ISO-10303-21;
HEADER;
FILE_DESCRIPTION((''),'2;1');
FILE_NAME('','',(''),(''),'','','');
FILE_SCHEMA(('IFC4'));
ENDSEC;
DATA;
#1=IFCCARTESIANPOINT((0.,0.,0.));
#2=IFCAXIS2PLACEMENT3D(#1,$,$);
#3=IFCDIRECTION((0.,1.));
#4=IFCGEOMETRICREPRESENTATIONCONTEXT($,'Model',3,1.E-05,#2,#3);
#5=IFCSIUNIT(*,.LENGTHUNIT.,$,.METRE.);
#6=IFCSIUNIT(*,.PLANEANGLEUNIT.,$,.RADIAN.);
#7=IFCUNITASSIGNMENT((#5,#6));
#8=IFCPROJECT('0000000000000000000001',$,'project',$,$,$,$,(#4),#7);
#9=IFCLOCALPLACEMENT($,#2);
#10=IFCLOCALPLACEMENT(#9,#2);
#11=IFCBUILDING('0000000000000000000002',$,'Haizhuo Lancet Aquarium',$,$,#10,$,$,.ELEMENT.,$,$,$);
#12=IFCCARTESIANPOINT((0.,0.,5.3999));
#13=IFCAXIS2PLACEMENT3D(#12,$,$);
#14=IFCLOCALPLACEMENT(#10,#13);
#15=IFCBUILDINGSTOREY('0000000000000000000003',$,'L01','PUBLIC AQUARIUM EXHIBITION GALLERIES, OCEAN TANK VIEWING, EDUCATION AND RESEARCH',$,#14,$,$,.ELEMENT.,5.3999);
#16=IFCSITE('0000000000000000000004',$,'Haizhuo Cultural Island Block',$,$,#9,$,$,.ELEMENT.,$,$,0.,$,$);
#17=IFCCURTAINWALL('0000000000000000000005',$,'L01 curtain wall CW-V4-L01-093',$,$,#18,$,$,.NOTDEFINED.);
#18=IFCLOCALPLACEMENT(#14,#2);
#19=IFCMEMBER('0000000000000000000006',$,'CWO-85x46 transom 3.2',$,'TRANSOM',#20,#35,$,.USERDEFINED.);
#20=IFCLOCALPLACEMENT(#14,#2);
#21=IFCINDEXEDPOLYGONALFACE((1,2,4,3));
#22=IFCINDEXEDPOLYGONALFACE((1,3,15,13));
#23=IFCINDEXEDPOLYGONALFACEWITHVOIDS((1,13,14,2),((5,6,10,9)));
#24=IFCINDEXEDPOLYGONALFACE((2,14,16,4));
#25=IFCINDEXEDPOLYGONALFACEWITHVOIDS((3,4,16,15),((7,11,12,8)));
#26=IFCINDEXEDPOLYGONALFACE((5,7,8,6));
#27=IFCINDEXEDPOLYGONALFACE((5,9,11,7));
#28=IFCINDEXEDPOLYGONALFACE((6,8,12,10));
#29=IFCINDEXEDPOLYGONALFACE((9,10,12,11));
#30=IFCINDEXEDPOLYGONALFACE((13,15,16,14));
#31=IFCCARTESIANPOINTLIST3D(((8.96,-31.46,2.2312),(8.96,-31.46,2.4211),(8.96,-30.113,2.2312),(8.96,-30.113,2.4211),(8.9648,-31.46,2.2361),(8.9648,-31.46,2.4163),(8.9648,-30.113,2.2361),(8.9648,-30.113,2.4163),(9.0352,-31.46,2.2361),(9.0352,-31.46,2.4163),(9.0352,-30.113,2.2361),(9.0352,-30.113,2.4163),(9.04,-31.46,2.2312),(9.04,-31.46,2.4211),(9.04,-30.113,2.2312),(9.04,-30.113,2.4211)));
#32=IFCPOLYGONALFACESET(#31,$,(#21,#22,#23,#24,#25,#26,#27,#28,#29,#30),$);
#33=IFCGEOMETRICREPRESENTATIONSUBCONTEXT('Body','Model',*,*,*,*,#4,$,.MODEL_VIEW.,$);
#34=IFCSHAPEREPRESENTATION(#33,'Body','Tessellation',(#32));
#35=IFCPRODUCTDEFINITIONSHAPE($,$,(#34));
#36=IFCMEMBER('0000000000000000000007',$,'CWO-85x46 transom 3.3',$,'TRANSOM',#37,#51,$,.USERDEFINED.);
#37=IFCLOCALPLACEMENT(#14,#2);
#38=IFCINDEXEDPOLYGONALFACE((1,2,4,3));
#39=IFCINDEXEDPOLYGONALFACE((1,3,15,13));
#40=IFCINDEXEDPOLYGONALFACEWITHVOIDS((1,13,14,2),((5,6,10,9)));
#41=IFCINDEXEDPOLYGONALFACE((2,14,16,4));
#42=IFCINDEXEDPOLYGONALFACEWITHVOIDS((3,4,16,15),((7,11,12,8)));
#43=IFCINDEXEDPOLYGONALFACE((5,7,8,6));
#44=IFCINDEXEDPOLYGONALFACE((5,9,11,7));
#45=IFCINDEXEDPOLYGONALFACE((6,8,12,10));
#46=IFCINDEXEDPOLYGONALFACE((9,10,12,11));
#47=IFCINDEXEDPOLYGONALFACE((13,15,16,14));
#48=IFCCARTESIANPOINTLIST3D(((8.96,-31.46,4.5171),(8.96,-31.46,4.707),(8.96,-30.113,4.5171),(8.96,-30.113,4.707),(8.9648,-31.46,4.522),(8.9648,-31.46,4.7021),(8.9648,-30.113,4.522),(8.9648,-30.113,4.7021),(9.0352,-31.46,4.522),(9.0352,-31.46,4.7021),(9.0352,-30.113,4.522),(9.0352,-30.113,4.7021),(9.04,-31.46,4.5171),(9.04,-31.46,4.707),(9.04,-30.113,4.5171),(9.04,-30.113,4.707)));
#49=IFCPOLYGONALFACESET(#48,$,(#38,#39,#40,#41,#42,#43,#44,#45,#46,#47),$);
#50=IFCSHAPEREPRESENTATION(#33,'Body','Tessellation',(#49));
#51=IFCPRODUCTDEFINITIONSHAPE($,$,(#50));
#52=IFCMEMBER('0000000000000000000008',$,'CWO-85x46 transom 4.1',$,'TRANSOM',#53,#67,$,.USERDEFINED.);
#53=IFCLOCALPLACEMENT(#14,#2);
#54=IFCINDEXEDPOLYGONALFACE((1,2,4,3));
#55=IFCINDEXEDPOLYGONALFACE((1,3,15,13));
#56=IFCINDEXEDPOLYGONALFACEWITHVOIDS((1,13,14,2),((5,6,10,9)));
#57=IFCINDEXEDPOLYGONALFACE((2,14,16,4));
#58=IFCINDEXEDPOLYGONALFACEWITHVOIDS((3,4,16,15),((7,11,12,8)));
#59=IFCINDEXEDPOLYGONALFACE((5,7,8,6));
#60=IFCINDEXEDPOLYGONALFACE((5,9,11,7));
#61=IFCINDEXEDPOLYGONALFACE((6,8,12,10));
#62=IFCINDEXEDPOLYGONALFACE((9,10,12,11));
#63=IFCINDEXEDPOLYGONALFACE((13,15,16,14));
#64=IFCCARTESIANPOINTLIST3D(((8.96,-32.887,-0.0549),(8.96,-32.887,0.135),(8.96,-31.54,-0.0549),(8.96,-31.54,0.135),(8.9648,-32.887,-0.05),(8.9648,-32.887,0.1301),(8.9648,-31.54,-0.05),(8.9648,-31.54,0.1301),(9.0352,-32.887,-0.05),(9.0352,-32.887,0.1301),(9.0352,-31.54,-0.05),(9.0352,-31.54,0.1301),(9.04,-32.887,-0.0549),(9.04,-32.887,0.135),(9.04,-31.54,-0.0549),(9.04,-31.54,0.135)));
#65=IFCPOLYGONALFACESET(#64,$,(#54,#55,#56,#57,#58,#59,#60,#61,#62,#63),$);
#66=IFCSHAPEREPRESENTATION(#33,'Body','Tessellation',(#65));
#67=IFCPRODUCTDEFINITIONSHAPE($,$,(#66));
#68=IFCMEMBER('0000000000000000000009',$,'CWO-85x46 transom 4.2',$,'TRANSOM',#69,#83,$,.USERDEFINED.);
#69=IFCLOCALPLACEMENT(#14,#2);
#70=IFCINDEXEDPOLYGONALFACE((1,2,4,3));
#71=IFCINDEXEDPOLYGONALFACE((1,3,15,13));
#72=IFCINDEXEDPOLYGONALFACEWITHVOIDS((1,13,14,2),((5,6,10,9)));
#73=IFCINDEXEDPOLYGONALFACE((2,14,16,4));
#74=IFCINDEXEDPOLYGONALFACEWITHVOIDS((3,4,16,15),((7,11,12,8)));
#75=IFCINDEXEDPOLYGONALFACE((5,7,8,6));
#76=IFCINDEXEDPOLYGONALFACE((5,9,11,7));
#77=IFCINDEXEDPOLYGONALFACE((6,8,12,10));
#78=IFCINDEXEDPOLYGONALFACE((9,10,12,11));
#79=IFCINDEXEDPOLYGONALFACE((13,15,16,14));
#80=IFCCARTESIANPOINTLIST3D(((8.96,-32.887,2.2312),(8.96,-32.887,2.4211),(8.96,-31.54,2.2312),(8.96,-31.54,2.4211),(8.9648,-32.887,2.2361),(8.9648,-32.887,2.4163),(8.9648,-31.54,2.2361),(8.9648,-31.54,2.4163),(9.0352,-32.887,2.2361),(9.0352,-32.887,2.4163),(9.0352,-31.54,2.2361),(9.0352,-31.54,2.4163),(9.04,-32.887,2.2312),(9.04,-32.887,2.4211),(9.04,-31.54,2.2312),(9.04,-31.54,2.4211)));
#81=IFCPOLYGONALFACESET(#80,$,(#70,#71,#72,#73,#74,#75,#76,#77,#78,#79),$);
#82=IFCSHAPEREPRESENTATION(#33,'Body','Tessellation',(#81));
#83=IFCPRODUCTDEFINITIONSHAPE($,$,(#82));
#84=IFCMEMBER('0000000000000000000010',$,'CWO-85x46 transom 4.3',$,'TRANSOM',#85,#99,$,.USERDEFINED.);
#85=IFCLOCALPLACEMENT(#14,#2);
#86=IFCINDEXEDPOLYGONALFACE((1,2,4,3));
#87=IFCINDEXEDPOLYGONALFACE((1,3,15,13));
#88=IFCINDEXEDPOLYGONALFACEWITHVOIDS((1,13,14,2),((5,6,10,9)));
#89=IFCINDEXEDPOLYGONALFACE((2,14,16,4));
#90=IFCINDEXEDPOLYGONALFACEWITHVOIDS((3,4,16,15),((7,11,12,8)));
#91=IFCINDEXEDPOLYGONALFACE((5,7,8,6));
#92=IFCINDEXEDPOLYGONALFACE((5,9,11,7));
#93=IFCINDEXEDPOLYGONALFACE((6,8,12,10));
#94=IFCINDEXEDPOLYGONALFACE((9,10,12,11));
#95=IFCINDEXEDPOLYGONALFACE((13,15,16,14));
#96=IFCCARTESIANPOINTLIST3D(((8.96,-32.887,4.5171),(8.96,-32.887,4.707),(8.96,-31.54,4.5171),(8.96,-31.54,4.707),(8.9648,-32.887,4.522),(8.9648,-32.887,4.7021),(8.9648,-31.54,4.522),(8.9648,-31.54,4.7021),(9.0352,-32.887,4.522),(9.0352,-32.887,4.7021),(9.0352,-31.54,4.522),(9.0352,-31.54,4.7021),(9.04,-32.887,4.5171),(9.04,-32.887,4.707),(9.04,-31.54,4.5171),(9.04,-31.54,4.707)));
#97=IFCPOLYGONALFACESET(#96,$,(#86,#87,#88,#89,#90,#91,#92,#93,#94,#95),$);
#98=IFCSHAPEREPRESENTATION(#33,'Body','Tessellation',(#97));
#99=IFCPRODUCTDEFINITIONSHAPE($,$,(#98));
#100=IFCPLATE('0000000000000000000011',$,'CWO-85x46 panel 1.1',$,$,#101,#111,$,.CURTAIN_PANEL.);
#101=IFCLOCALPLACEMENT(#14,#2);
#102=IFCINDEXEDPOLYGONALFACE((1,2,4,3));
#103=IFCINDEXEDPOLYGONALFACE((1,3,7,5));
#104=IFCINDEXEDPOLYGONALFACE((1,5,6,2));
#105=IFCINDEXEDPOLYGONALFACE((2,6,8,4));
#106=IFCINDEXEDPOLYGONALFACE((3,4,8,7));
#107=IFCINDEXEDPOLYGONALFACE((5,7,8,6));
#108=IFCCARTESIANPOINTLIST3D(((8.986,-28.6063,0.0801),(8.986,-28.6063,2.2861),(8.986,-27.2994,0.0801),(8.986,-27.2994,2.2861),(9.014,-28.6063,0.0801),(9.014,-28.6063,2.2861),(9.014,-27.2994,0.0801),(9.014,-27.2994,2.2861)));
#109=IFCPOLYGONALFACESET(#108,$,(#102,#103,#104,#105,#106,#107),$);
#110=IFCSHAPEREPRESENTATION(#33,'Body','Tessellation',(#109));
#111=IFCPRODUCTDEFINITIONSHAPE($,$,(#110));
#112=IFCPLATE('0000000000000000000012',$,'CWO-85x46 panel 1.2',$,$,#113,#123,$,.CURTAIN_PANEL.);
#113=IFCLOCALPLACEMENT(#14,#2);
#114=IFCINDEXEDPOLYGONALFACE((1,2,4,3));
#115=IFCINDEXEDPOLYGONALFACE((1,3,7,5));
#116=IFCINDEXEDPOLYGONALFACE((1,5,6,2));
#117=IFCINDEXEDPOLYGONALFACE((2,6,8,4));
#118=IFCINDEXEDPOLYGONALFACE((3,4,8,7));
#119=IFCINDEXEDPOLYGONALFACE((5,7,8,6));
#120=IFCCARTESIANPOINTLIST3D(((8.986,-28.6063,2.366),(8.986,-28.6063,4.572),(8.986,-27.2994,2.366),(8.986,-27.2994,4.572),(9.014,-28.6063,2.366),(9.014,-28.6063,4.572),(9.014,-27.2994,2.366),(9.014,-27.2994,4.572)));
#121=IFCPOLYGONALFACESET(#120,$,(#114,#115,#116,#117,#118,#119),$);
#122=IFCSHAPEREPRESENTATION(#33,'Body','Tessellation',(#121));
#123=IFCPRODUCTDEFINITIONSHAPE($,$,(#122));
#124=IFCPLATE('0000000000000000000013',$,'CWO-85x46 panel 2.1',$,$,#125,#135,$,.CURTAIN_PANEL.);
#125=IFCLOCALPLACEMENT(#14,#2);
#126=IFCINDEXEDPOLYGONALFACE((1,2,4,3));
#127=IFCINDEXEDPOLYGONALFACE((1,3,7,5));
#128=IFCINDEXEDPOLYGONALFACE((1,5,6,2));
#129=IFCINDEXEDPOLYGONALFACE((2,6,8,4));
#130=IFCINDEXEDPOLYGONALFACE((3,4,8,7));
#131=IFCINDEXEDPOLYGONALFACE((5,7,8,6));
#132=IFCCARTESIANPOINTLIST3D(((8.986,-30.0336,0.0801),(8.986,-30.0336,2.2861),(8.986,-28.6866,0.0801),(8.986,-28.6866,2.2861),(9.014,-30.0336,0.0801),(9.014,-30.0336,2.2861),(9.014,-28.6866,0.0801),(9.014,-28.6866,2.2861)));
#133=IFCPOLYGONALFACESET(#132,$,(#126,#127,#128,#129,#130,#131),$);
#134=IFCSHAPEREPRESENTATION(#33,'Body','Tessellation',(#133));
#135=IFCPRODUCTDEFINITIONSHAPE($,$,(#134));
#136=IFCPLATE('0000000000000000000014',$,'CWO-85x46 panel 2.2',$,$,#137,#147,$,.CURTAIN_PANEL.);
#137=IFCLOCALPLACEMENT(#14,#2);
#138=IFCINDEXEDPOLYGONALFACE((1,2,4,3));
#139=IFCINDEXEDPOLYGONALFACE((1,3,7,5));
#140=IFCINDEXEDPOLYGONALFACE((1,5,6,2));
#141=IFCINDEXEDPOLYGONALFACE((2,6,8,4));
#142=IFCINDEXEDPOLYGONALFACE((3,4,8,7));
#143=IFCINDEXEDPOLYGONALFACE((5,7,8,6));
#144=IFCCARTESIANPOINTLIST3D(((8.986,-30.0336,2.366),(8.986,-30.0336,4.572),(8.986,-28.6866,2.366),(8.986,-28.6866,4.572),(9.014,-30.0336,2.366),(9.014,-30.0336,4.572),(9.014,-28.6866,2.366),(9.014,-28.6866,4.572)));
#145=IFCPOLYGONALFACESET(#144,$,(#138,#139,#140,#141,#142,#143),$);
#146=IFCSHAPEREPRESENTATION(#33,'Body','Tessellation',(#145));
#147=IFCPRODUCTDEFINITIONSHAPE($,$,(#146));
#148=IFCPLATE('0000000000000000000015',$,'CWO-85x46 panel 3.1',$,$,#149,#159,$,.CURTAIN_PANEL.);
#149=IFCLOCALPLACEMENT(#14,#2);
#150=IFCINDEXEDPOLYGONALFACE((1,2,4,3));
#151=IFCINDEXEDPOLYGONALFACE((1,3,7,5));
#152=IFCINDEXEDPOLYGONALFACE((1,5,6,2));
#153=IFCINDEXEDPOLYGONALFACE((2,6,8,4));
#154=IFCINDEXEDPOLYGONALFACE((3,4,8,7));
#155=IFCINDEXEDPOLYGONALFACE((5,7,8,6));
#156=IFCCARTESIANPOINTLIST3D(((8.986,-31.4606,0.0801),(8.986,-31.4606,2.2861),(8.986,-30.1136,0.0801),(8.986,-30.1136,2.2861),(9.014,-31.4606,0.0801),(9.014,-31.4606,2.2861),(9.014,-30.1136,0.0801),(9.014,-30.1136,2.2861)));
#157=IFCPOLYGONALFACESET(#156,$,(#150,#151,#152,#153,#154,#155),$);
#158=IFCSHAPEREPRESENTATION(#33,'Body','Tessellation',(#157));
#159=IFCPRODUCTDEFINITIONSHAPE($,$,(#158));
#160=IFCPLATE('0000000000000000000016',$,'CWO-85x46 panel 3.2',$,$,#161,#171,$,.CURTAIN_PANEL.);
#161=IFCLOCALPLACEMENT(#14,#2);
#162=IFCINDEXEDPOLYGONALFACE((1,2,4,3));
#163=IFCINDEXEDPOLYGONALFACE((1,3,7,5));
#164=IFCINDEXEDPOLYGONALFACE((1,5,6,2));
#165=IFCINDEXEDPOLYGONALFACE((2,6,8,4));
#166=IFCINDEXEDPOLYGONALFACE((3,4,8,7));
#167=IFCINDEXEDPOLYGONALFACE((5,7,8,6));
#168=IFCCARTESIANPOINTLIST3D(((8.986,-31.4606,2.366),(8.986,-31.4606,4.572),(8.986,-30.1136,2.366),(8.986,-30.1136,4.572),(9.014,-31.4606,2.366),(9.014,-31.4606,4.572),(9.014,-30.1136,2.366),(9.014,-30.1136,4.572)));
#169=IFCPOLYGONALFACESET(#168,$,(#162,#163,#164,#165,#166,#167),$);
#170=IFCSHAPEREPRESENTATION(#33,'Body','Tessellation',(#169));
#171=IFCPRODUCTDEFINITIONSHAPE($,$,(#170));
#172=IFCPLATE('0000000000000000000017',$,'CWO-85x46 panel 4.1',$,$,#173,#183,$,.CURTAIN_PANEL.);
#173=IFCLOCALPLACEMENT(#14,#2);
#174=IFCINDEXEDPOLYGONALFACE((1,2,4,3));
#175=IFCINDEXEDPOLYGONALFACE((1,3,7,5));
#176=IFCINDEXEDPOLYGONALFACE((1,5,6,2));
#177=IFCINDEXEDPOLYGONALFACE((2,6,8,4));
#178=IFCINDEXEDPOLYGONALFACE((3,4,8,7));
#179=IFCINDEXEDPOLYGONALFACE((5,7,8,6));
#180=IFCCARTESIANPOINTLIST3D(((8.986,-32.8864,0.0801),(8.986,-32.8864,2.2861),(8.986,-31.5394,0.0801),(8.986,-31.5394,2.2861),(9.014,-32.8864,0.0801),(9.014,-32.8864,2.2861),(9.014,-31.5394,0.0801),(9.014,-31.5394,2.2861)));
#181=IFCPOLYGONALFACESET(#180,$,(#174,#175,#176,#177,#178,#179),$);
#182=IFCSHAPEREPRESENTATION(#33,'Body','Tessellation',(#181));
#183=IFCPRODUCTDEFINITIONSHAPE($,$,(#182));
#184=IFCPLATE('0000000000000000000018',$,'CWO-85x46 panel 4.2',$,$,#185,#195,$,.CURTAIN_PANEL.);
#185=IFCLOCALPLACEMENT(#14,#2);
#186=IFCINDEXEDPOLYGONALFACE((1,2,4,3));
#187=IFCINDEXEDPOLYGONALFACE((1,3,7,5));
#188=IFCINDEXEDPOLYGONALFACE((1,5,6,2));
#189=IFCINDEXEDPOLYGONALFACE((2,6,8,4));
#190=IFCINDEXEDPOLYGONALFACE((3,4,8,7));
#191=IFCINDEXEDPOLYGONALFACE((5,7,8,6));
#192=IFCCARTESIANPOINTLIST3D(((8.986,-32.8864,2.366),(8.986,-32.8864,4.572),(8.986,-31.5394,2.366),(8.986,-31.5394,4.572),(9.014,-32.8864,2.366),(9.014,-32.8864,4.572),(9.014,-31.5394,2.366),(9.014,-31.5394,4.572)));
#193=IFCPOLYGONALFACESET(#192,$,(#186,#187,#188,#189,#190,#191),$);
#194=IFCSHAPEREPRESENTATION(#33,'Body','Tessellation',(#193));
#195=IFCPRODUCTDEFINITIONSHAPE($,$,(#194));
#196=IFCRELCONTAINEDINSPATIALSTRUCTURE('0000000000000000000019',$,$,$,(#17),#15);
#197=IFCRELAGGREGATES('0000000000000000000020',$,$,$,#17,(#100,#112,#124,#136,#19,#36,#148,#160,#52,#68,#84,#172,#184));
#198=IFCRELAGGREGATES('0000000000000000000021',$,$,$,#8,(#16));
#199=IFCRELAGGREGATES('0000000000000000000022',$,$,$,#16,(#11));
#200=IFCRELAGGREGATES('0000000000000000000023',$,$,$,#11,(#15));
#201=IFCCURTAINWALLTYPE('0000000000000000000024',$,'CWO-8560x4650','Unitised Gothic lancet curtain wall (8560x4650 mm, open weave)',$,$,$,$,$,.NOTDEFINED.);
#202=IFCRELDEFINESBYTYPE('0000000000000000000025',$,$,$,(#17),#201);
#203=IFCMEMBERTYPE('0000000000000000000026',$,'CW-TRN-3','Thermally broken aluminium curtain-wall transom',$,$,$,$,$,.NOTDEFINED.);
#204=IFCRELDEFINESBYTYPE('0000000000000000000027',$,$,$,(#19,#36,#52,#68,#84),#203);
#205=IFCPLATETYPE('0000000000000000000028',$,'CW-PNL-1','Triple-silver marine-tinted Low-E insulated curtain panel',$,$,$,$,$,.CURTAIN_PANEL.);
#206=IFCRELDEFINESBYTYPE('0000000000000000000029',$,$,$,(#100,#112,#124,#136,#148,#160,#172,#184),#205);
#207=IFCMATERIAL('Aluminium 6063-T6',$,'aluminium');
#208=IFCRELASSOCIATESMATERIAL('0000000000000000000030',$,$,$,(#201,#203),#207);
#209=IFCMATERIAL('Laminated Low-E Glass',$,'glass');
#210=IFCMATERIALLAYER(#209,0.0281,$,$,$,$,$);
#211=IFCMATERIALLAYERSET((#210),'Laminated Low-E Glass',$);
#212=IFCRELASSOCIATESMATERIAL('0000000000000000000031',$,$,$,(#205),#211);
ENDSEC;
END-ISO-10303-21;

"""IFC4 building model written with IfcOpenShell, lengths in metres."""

from ifc_helpers import new_model, si_unit, direction, frame, origin, origin_2d, place, context, subcontext, project, spatial, rectangle, hollow_rectangle, extrude, material, layer, layer_set, material_profile, profile_set, type_object, element, aggregate, save


model = new_model("IFC4")

# Units and contexts
model_context = context("Model", 3, precision=1e-05, world=origin(), true_north=direction((0.0, 1.0)))
body_context = subcontext(model_context, "Body", "Model", "MODEL_VIEW")
ifc_project = project(units=[si_unit("LENGTHUNIT", "METRE"), si_unit("PLANEANGLEUNIT", "RADIAN")], contexts=[model_context])

# Site, building, storey
site_placement = place(None, origin())
site = spatial("IfcSite", under=ifc_project, at=site_placement, Name="Haizhuo Cultural Island Block", CompositionType="ELEMENT", RefElevation=0.0)
building_placement = place(site_placement, origin())
building = spatial("IfcBuilding", under=site, at=building_placement, Name="Haizhuo Lancet Aquarium", CompositionType="ELEMENT")
storey_placement = place(building_placement, frame((0.0, 0.0, 5.3999)))
storey = spatial("IfcBuildingStorey", under=building, at=storey_placement, Name="L01", Description="PUBLIC AQUARIUM EXHIBITION GALLERIES, OCEAN TANK VIEWING, EDUCATION AND RESEARCH", CompositionType="ELEMENT", Elevation=5.3999)

# Curtain wall, members, plates
ifc_material_1 = material(Name="Aluminium 6063-T6", Category="aluminium")
curtain_wall_type = type_object("IfcCurtainWallType", Name="CWO-8560x4650", Description="Unitised Gothic lancet curtain wall (8560x4650 mm, open weave)", PredefinedType="NOTDEFINED", material=ifc_material_1)
curtain_wall_placement = place(storey_placement, origin())
curtain_wall = element("IfcCurtainWall", 1, at=curtain_wall_placement, inside=storey, type_object=curtain_wall_type, Name="L01 curtain wall CW-V4-L01-093", PredefinedType="NOTDEFINED")
ifc_material_profile_1 = material_profile(ifc_material_1, hollow_rectangle(XDim=0.0801, YDim=0.1899, WallThickness=0.0049, at=origin_2d()), Name="ALU-T 80x190x5")
ifc_profile_set_1 = profile_set([ifc_material_profile_1], Name="Aluminium 6063-T6")
member_type_1 = type_object("IfcMemberType", Name="CW-TRN-3", Description="Thermally broken aluminium curtain-wall transom", PredefinedType="NOTDEFINED", material=ifc_profile_set_1)
member_1_placement = place(storey_placement, frame((9.0, -30.113, 2.3262), z_axis=(0.0, -1.0, 0.0), x_axis=(1.0, 0.0, 0.0)))
member_1 = element("IfcMember", 2, at=member_1_placement, type_object=member_type_1, Name="CWO-85x46 transom 3.2", ObjectType="TRANSOM", PredefinedType="USERDEFINED", context=body_context, shape_type="SweptSolid", body=[
    extrude(hollow_rectangle(XDim=0.0801, YDim=0.1899, WallThickness=0.0049, at=origin_2d()), origin(), (0.0, 0.0, 1.0), 1.3469),
])
member_2_placement = place(storey_placement, frame((9.0, -30.113, 4.6121), z_axis=(0.0, -1.0, 0.0), x_axis=(1.0, 0.0, 0.0)))
member_2 = element("IfcMember", 3, at=member_2_placement, type_object=member_type_1, Name="CWO-85x46 transom 3.3", ObjectType="TRANSOM", PredefinedType="USERDEFINED", context=body_context, shape_type="SweptSolid", body=[
    extrude(hollow_rectangle(XDim=0.0801, YDim=0.1899, WallThickness=0.0049, at=origin_2d()), origin(), (0.0, 0.0, 1.0), 1.3469),
])
member_3_placement = place(storey_placement, frame((9.0, -31.54, 0.04), z_axis=(0.0, -1.0, 0.0), x_axis=(1.0, 0.0, 0.0)))
member_3 = element("IfcMember", 4, at=member_3_placement, type_object=member_type_1, Name="CWO-85x46 transom 4.1", ObjectType="TRANSOM", PredefinedType="USERDEFINED", context=body_context, shape_type="SweptSolid", body=[
    extrude(hollow_rectangle(XDim=0.0801, YDim=0.1899, WallThickness=0.0049, at=origin_2d()), origin(), (0.0, 0.0, 1.0), 1.3469),
])
member_4_placement = place(storey_placement, frame((9.0, -31.54, 2.3262), z_axis=(0.0, -1.0, 0.0), x_axis=(1.0, 0.0, 0.0)))
member_4 = element("IfcMember", 5, at=member_4_placement, type_object=member_type_1, Name="CWO-85x46 transom 4.2", ObjectType="TRANSOM", PredefinedType="USERDEFINED", context=body_context, shape_type="SweptSolid", body=[
    extrude(hollow_rectangle(XDim=0.0801, YDim=0.1899, WallThickness=0.0049, at=origin_2d()), origin(), (0.0, 0.0, 1.0), 1.3469),
])
member_5_placement = place(storey_placement, frame((9.0, -31.54, 4.6121), z_axis=(0.0, -1.0, 0.0), x_axis=(1.0, 0.0, 0.0)))
member_5 = element("IfcMember", 6, at=member_5_placement, type_object=member_type_1, Name="CWO-85x46 transom 4.3", ObjectType="TRANSOM", PredefinedType="USERDEFINED", context=body_context, shape_type="SweptSolid", body=[
    extrude(hollow_rectangle(XDim=0.0801, YDim=0.1899, WallThickness=0.0049, at=origin_2d()), origin(), (0.0, 0.0, 1.0), 1.3469),
])
ifc_material_2 = material(Name="Laminated Low-E Glass", Category="glass")
ifc_layer = layer(ifc_material_2, 0.0281)
ifc_layer_set = layer_set([ifc_layer], Name="Laminated Low-E Glass")
plate_type = type_object("IfcPlateType", Name="CW-PNL-1", Description="Triple-silver marine-tinted Low-E insulated curtain panel", PredefinedType="CURTAIN_PANEL", material=ifc_layer_set)
plate_1_placement = place(storey_placement, frame((9.0, -27.9529, 0.0801), z_axis=(0.0, 0.0, 1.0), x_axis=(0.0, -1.0, 0.0)))
plate_1 = element("IfcPlate", 7, at=plate_1_placement, type_object=plate_type, Name="CWO-85x46 panel 1.1", PredefinedType="CURTAIN_PANEL", context=body_context, shape_type="SweptSolid", body=[
    extrude(rectangle(XDim=1.3069, YDim=0.0281, at=origin_2d()), origin(), (0.0, 0.0, 1.0), 2.2061),
])
plate_2_placement = place(storey_placement, frame((9.0, -27.9529, 2.366), z_axis=(0.0, 0.0, 1.0), x_axis=(0.0, -1.0, 0.0)))
plate_2 = element("IfcPlate", 8, at=plate_2_placement, type_object=plate_type, Name="CWO-85x46 panel 1.2", PredefinedType="CURTAIN_PANEL", context=body_context, shape_type="SweptSolid", body=[
    extrude(rectangle(XDim=1.3069, YDim=0.0281, at=origin_2d()), origin(), (0.0, 0.0, 1.0), 2.2061),
])
plate_3_placement = place(storey_placement, frame((9.0, -29.3601, 0.0801), z_axis=(0.0, 0.0, 1.0), x_axis=(0.0, -1.0, 0.0)))
plate_3 = element("IfcPlate", 9, at=plate_3_placement, type_object=plate_type, Name="CWO-85x46 panel 2.1", PredefinedType="CURTAIN_PANEL", context=body_context, shape_type="SweptSolid", body=[
    extrude(rectangle(XDim=1.3469, YDim=0.0281, at=origin_2d()), origin(), (0.0, 0.0, 1.0), 2.2061),
])
plate_4_placement = place(storey_placement, frame((9.0, -29.3601, 2.366), z_axis=(0.0, 0.0, 1.0), x_axis=(0.0, -1.0, 0.0)))
plate_4 = element("IfcPlate", 10, at=plate_4_placement, type_object=plate_type, Name="CWO-85x46 panel 2.2", PredefinedType="CURTAIN_PANEL", context=body_context, shape_type="SweptSolid", body=[
    extrude(rectangle(XDim=1.3469, YDim=0.0281, at=origin_2d()), origin(), (0.0, 0.0, 1.0), 2.2061),
])
plate_5_placement = place(storey_placement, frame((9.0, -30.7871, 0.0801), z_axis=(0.0, 0.0, 1.0), x_axis=(0.0, -1.0, 0.0)))
plate_5 = element("IfcPlate", 11, at=plate_5_placement, type_object=plate_type, Name="CWO-85x46 panel 3.1", PredefinedType="CURTAIN_PANEL", context=body_context, shape_type="SweptSolid", body=[
    extrude(rectangle(XDim=1.3469, YDim=0.0281, at=origin_2d()), origin(), (0.0, 0.0, 1.0), 2.2061),
])
plate_6_placement = place(storey_placement, frame((9.0, -30.7871, 2.366), z_axis=(0.0, 0.0, 1.0), x_axis=(0.0, -1.0, 0.0)))
plate_6 = element("IfcPlate", 12, at=plate_6_placement, type_object=plate_type, Name="CWO-85x46 panel 3.2", PredefinedType="CURTAIN_PANEL", context=body_context, shape_type="SweptSolid", body=[
    extrude(rectangle(XDim=1.3469, YDim=0.0281, at=origin_2d()), origin(), (0.0, 0.0, 1.0), 2.2061),
])
plate_7_placement = place(storey_placement, frame((9.0, -32.2129, 0.0801), z_axis=(0.0, 0.0, 1.0), x_axis=(0.0, -1.0, 0.0)))
plate_7 = element("IfcPlate", 13, at=plate_7_placement, type_object=plate_type, Name="CWO-85x46 panel 4.1", PredefinedType="CURTAIN_PANEL", context=body_context, shape_type="SweptSolid", body=[
    extrude(rectangle(XDim=1.3469, YDim=0.0281, at=origin_2d()), origin(), (0.0, 0.0, 1.0), 2.2061),
])
plate_8_placement = place(storey_placement, frame((9.0, -32.2129, 2.366), z_axis=(0.0, 0.0, 1.0), x_axis=(0.0, -1.0, 0.0)))
plate_8 = element("IfcPlate", 14, at=plate_8_placement, type_object=plate_type, Name="CWO-85x46 panel 4.2", PredefinedType="CURTAIN_PANEL", context=body_context, shape_type="SweptSolid", body=[
    extrude(rectangle(XDim=1.3469, YDim=0.0281, at=origin_2d()), origin(), (0.0, 0.0, 1.0), 2.2061),
])
aggregate(curtain_wall, [plate_1, plate_2, plate_3, plate_4, member_1, member_2, plate_5, plate_6, member_3, member_4, member_5, plate_7, plate_8])

save(model, "model.ifc")
